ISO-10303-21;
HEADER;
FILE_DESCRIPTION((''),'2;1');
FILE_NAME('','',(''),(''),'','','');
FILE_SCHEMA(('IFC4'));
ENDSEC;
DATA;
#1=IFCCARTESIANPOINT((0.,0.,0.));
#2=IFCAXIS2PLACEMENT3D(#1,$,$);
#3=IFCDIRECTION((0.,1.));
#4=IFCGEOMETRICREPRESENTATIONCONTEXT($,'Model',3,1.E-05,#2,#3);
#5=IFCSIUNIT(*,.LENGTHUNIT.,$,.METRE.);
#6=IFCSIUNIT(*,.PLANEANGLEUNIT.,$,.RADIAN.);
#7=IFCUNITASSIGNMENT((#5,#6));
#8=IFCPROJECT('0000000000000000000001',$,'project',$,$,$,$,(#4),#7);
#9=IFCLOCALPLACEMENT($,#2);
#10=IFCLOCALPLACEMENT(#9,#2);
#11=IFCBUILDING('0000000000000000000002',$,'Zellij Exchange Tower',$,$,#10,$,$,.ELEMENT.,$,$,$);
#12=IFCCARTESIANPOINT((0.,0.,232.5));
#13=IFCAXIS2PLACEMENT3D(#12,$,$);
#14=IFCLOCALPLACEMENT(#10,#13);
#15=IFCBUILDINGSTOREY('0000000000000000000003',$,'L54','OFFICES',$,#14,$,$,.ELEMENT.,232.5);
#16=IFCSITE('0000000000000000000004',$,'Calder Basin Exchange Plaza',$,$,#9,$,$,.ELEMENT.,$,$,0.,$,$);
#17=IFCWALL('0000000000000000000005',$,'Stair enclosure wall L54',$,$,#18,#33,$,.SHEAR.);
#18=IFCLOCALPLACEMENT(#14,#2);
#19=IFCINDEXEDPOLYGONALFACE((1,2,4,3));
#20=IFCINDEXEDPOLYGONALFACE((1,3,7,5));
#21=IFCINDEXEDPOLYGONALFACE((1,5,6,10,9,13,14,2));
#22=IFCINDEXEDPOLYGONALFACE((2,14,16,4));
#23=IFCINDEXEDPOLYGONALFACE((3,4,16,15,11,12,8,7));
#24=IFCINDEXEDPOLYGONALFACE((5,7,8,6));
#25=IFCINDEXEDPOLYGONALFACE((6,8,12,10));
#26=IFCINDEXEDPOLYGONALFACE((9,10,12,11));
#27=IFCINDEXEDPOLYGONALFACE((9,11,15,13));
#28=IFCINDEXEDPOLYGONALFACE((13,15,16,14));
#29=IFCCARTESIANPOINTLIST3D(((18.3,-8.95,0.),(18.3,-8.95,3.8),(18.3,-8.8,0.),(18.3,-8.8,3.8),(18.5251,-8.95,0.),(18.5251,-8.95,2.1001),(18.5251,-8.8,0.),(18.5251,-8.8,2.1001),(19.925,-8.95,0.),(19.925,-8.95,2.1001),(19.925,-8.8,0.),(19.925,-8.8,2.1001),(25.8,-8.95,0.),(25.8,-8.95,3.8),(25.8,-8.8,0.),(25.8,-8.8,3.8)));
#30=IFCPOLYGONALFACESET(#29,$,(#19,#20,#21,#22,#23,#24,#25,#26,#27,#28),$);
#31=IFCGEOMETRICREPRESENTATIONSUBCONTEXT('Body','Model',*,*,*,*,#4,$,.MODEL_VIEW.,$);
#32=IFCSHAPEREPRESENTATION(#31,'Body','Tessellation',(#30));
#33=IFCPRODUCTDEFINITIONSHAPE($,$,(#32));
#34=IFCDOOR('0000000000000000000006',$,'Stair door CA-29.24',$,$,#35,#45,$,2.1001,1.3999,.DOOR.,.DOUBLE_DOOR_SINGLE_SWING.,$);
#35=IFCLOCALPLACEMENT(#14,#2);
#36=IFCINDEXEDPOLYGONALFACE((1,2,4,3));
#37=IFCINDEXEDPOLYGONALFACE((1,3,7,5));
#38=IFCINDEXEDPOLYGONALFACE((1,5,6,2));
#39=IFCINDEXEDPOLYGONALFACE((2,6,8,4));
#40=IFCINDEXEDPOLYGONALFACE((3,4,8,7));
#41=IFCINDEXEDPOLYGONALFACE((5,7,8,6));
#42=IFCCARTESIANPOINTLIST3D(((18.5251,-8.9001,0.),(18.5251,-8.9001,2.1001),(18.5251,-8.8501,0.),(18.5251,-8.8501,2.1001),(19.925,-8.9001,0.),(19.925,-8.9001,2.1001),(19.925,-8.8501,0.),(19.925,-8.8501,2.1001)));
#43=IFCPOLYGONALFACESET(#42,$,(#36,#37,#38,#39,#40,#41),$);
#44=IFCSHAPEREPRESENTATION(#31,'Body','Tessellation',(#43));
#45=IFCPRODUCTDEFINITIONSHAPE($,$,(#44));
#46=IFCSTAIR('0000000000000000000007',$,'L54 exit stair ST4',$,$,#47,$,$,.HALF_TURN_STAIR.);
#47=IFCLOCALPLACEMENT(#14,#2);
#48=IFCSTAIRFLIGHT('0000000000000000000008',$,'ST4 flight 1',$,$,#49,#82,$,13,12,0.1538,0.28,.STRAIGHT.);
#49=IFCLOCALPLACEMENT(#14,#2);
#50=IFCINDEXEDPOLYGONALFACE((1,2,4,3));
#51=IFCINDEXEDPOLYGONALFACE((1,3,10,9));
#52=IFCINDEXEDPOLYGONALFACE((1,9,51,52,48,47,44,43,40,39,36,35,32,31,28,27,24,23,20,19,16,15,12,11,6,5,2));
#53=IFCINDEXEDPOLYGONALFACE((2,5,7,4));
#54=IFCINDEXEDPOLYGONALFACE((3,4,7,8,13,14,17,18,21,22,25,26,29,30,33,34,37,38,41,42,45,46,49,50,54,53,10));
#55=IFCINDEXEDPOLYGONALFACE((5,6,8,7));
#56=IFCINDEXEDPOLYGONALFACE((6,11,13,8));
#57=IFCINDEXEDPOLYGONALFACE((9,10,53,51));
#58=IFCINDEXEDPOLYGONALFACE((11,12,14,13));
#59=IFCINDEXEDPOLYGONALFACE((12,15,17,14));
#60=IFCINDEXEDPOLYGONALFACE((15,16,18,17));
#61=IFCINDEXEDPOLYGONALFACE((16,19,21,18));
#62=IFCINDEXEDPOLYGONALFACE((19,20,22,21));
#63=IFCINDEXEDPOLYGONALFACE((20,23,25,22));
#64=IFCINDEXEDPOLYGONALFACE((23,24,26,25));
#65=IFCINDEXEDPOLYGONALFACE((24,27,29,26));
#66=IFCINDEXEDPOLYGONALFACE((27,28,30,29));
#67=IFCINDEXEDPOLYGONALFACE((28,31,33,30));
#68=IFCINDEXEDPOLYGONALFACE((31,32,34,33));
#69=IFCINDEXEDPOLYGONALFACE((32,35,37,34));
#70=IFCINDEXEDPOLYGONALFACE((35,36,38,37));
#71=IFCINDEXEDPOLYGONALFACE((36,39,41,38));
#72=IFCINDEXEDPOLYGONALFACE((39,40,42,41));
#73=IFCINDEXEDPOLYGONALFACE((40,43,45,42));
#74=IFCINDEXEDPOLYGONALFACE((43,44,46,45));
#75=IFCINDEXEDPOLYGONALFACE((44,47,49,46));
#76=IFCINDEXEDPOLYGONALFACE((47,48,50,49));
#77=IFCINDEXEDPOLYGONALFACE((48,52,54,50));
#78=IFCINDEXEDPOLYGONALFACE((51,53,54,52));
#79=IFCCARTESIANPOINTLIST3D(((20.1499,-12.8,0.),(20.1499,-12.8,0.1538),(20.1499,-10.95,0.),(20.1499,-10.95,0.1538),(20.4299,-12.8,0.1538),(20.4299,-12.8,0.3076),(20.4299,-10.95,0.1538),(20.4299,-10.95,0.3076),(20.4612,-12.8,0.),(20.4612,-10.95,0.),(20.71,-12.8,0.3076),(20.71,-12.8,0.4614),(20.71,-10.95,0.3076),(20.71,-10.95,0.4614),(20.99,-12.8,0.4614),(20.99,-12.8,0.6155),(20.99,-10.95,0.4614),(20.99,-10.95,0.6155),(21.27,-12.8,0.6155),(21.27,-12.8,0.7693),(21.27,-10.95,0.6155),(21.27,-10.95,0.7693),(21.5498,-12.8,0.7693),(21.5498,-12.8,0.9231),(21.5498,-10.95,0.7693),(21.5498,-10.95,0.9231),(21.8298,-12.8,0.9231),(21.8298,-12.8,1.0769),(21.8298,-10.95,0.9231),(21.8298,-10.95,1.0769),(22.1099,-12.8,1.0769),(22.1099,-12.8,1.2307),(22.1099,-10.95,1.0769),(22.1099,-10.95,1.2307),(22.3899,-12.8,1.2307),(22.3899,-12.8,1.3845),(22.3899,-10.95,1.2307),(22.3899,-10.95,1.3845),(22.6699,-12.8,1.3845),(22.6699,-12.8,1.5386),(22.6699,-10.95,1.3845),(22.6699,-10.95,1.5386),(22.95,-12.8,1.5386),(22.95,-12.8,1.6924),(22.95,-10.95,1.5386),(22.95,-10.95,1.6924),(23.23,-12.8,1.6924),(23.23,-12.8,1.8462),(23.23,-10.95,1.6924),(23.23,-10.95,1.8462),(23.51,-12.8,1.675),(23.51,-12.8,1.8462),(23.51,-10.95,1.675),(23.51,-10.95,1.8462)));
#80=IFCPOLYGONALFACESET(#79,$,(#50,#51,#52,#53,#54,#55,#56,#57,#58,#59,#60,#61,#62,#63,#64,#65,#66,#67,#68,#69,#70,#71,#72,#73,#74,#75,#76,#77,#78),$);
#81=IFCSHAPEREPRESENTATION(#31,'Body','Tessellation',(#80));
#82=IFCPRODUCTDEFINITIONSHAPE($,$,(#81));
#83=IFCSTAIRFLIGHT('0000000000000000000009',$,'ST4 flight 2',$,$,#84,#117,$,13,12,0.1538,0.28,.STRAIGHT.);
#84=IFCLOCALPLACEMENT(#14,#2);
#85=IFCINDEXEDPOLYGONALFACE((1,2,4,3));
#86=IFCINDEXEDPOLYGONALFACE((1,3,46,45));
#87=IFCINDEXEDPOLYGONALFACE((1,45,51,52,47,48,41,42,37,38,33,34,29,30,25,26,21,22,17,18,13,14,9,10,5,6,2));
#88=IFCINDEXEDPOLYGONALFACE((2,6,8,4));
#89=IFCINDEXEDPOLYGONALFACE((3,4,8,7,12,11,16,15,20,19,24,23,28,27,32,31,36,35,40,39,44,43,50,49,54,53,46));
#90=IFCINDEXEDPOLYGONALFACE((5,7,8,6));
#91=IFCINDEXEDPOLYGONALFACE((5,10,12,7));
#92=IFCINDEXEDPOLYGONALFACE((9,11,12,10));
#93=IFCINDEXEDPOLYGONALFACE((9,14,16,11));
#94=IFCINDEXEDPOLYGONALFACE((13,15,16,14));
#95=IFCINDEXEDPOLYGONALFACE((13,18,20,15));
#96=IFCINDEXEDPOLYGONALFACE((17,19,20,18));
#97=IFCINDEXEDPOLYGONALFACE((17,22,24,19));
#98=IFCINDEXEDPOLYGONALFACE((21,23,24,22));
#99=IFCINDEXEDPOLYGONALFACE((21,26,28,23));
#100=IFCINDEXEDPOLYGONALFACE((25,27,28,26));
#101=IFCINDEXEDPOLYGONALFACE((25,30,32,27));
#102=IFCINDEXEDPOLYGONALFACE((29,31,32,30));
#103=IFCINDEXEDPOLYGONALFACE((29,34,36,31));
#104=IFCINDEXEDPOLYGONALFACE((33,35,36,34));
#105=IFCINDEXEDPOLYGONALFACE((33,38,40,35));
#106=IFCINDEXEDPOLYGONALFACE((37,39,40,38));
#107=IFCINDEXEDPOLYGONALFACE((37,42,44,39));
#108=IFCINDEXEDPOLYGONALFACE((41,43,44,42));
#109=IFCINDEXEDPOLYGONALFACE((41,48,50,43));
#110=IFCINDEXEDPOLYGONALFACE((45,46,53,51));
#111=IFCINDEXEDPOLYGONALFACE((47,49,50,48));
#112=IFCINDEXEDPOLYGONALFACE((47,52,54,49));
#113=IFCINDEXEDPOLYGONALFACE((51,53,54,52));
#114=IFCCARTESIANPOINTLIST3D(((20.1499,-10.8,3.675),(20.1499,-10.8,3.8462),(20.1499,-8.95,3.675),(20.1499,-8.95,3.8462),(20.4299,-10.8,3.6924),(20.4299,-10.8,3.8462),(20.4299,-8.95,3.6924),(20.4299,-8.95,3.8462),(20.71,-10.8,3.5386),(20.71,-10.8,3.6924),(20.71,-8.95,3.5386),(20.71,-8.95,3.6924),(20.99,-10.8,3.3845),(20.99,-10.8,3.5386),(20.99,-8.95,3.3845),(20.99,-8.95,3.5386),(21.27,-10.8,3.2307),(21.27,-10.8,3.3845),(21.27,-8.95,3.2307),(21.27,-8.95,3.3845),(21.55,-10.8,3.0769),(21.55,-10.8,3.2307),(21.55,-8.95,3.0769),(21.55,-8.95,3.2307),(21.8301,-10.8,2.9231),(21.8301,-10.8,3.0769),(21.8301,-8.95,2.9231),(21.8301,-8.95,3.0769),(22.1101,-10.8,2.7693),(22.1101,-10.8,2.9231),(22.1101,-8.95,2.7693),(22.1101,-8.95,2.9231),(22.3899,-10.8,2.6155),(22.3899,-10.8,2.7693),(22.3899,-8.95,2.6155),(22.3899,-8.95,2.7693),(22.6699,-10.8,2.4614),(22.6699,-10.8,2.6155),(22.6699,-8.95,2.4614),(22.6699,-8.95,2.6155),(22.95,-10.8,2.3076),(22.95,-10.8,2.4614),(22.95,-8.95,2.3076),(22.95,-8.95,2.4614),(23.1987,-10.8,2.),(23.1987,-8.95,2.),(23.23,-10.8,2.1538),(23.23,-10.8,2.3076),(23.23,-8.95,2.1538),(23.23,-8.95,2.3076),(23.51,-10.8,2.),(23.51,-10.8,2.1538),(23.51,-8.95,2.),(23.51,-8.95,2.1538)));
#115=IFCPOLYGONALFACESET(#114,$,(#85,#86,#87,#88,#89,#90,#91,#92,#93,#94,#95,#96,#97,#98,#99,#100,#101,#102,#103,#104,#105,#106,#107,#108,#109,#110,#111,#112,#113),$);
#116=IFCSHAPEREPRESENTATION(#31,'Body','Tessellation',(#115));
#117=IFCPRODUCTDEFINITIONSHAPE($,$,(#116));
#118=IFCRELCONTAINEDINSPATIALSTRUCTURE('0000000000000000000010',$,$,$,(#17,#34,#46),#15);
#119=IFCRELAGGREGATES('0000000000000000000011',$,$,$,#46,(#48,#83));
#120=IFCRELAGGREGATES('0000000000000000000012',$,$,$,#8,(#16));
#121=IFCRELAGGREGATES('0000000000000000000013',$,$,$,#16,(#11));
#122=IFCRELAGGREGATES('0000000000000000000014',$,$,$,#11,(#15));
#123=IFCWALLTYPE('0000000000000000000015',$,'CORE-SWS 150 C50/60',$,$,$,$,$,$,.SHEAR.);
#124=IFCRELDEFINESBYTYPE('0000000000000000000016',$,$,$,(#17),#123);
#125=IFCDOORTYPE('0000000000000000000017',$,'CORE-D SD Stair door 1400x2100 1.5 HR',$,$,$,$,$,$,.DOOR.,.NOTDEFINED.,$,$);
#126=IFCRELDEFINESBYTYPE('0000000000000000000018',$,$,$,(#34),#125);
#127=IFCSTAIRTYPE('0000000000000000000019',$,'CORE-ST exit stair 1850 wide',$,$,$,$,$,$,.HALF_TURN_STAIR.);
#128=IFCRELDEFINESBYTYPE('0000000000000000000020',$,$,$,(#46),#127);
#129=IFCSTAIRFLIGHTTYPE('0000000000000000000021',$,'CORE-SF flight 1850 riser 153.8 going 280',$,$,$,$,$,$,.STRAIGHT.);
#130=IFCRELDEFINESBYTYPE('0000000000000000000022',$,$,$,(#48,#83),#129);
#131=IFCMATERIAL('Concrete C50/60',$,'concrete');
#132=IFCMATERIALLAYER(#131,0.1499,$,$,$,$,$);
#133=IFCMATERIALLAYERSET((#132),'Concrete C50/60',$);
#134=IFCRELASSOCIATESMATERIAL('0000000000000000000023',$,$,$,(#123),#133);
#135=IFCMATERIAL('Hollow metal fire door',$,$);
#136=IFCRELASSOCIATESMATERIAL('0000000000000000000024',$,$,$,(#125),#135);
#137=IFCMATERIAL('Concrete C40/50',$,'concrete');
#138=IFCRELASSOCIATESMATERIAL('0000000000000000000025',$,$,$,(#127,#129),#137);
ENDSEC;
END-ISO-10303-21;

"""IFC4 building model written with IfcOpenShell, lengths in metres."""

from ifc_helpers import new_model, si_unit, direction, frame, frame_2d, origin, place, context, subcontext, project, spatial, polyline, rectangle, outline, extrude, material, layer, layer_set, type_object, element, fill, aggregate, save


model = new_model("IFC4")

# Units and contexts
model_context = context("Model", 3, precision=1e-05, world=origin(), true_north=direction((0.0, 1.0)))
body_context = subcontext(model_context, "Body", "Model", "MODEL_VIEW")
ifc_project = project(units=[si_unit("LENGTHUNIT", "METRE"), si_unit("PLANEANGLEUNIT", "RADIAN")], contexts=[model_context])

# Site, building, storey
site_placement = place(None, origin())
site = spatial("IfcSite", under=ifc_project, at=site_placement, Name="Calder Basin Exchange Plaza", CompositionType="ELEMENT", RefElevation=0.0)
building_placement = place(site_placement, origin())
building = spatial("IfcBuilding", under=site, at=building_placement, Name="Zellij Exchange Tower", CompositionType="ELEMENT")
storey_placement = place(building_placement, frame((0.0, 0.0, 232.5)))
storey = spatial("IfcBuildingStorey", under=building, at=storey_placement, Name="L54", Description="OFFICES", CompositionType="ELEMENT", Elevation=232.5)

# Shared definitions
ifc_material_1 = material(Name="Concrete C50/60", Category="concrete")

# Shared definitions
ifc_material_2 = material(Name="Hollow metal fire door")

# Wall, opening, door
ifc_layer_1 = layer(ifc_material_1, 0.1499)
ifc_layer_set_1 = layer_set([ifc_layer_1], Name="Concrete C50/60")
wall_type_1 = type_object("IfcWallType", Name="CORE-SWS 150 C50/60", PredefinedType="SHEAR", material=ifc_layer_set_1)
wall_1_placement = place(storey_placement, frame((18.3, -8.875, 0.0), z_axis=(0.0, 0.0, 1.0), x_axis=(1.0, 0.0, 0.0)))
wall_1 = element("IfcWall", 1, at=wall_1_placement, inside=storey, type_object=wall_type_1, Name="Stair enclosure wall L54", PredefinedType="SHEAR", context=body_context, shape_type="SweptSolid", body=[
    extrude(rectangle(XDim=7.5, YDim=0.1499, at=frame_2d((3.75, 0.0))), origin(), (0.0, 0.0, 1.0), 3.8),
])
opening_1_placement = place(wall_1_placement, frame((0.2251, 0.0, 0.0)))
opening_1 = element("IfcOpeningElement", 2, at=opening_1_placement, cuts=wall_1, PredefinedType="OPENING", context=body_context, shape_type="SweptSolid", body=[
    extrude(rectangle(XDim=1.3999, YDim=2.1001, at=frame_2d((0.7, 1.05))), frame((0.0, 0.0869, 0.0), z_axis=(0.0, -1.0, 0.0), x_axis=(1.0, 0.0, 0.0)), (0.0, 0.0, 1.0), 0.1738),
])
door_type_1 = type_object("IfcDoorType", Name="CORE-D SD Stair door 1400x2100 1.5 HR", OperationType="NOTDEFINED", PredefinedType="DOOR", material=ifc_material_2)
door_1_placement = place(opening_1_placement, origin())
door_1 = element("IfcDoor", 3, at=door_1_placement, inside=storey, type_object=door_type_1, Name="Stair door CA-29.24", OperationType="DOUBLE_DOOR_SINGLE_SWING", OverallHeight=2.1001, OverallWidth=1.3999, PredefinedType="DOOR", context=body_context, shape_type="SweptSolid", body=[
    extrude(rectangle(XDim=1.3999, YDim=2.1001, at=frame_2d((0.7, 1.05))), frame((0.0, 0.0249, 0.0), z_axis=(0.0, -1.0, 0.0), x_axis=(1.0, 0.0, 0.0)), (0.0, 0.0, 1.0), 0.05),
])
fill(opening_1, door_1)

# Stair, stair flights
ifc_material_3 = material(Name="Concrete C40/50", Category="concrete")
stair_type = type_object("IfcStairType", Name="CORE-ST exit stair 1850 wide", PredefinedType="HALF_TURN_STAIR", material=ifc_material_3)
stair_placement = place(storey_placement, origin())
stair = element("IfcStair", 4, at=stair_placement, inside=storey, type_object=stair_type, Name="L54 exit stair ST4", PredefinedType="HALF_TURN_STAIR")
stair_flight_type = type_object("IfcStairFlightType", Name="CORE-SF flight 1850 riser 153.8 going 280", PredefinedType="STRAIGHT", material=ifc_material_3)
stair_flight_1_placement = place(storey_placement, frame((20.1499, -11.875, 0.0), z_axis=(0.0, 0.0, 1.0), x_axis=(1.0, 0.0, 0.0)))
stair_flight_1 = element("IfcStairFlight", 5, at=stair_flight_1_placement, type_object=stair_flight_type, Name="ST4 flight 1", NumberOfRisers=13, NumberOfTreads=12, PredefinedType="STRAIGHT", RiserHeight=0.1538, TreadLength=0.28, context=body_context, shape_type="SweptSolid", body=[
    extrude(outline(polyline([(0.0, 0.0), (0.0, 0.1538), (0.28, 0.1538), (0.28, 0.3076), (0.5601, 0.3076), (0.5601, 0.4614), (0.8401, 0.4614), (0.8401, 0.6155), (1.1201, 0.6155), (1.1201, 0.7693), (1.3999, 0.7693), (1.3999, 0.9231), (1.6799, 0.9231), (1.6799, 1.0769), (1.96, 1.0769), (1.96, 1.2307), (2.24, 1.2307), (2.24, 1.3845), (2.52, 1.3845), (2.52, 1.5386), (2.8, 1.5386), (2.8, 1.6924), (3.0801, 1.6924), (3.0801, 1.8462), (3.3601, 1.8462), (3.3601, 2.0), (3.3601, 1.675), (0.3113, 0.0), (0.0, 0.0)])), frame((0.0, 0.925, 0.0), z_axis=(0.0, -1.0, 0.0), x_axis=(1.0, 0.0, 0.0)), (0.0, 0.0, 1.0), 1.8501),
])
stair_flight_2_placement = place(storey_placement, frame((23.51, -9.875, 2.0), z_axis=(0.0, 0.0, 1.0), x_axis=(-1.0, 0.0, 0.0)))
stair_flight_2 = element("IfcStairFlight", 6, at=stair_flight_2_placement, type_object=stair_flight_type, Name="ST4 flight 2", NumberOfRisers=13, NumberOfTreads=12, PredefinedType="STRAIGHT", RiserHeight=0.1538, TreadLength=0.28, context=body_context, shape_type="SweptSolid", body=[
    extrude(outline(polyline([(0.0, 0.0), (0.0, 0.1538), (0.28, 0.1538), (0.28, 0.3076), (0.5601, 0.3076), (0.5601, 0.4614), (0.8401, 0.4614), (0.8401, 0.6155), (1.1201, 0.6155), (1.1201, 0.7693), (1.3999, 0.7693), (1.3999, 0.9231), (1.6799, 0.9231), (1.6799, 1.0769), (1.96, 1.0769), (1.96, 1.2307), (2.24, 1.2307), (2.24, 1.3845), (2.52, 1.3845), (2.52, 1.5386), (2.8, 1.5386), (2.8, 1.6924), (3.0801, 1.6924), (3.0801, 1.8462), (3.3601, 1.8462), (3.3601, 2.0), (3.3601, 1.675), (0.3113, 0.0), (0.0, 0.0)])), frame((0.0, 0.925, 0.0), z_axis=(0.0, -1.0, 0.0), x_axis=(1.0, 0.0, 0.0)), (0.0, 0.0, 1.0), 1.8501),
])
aggregate(stair, [stair_flight_1, stair_flight_2])

save(model, "model.ifc")
